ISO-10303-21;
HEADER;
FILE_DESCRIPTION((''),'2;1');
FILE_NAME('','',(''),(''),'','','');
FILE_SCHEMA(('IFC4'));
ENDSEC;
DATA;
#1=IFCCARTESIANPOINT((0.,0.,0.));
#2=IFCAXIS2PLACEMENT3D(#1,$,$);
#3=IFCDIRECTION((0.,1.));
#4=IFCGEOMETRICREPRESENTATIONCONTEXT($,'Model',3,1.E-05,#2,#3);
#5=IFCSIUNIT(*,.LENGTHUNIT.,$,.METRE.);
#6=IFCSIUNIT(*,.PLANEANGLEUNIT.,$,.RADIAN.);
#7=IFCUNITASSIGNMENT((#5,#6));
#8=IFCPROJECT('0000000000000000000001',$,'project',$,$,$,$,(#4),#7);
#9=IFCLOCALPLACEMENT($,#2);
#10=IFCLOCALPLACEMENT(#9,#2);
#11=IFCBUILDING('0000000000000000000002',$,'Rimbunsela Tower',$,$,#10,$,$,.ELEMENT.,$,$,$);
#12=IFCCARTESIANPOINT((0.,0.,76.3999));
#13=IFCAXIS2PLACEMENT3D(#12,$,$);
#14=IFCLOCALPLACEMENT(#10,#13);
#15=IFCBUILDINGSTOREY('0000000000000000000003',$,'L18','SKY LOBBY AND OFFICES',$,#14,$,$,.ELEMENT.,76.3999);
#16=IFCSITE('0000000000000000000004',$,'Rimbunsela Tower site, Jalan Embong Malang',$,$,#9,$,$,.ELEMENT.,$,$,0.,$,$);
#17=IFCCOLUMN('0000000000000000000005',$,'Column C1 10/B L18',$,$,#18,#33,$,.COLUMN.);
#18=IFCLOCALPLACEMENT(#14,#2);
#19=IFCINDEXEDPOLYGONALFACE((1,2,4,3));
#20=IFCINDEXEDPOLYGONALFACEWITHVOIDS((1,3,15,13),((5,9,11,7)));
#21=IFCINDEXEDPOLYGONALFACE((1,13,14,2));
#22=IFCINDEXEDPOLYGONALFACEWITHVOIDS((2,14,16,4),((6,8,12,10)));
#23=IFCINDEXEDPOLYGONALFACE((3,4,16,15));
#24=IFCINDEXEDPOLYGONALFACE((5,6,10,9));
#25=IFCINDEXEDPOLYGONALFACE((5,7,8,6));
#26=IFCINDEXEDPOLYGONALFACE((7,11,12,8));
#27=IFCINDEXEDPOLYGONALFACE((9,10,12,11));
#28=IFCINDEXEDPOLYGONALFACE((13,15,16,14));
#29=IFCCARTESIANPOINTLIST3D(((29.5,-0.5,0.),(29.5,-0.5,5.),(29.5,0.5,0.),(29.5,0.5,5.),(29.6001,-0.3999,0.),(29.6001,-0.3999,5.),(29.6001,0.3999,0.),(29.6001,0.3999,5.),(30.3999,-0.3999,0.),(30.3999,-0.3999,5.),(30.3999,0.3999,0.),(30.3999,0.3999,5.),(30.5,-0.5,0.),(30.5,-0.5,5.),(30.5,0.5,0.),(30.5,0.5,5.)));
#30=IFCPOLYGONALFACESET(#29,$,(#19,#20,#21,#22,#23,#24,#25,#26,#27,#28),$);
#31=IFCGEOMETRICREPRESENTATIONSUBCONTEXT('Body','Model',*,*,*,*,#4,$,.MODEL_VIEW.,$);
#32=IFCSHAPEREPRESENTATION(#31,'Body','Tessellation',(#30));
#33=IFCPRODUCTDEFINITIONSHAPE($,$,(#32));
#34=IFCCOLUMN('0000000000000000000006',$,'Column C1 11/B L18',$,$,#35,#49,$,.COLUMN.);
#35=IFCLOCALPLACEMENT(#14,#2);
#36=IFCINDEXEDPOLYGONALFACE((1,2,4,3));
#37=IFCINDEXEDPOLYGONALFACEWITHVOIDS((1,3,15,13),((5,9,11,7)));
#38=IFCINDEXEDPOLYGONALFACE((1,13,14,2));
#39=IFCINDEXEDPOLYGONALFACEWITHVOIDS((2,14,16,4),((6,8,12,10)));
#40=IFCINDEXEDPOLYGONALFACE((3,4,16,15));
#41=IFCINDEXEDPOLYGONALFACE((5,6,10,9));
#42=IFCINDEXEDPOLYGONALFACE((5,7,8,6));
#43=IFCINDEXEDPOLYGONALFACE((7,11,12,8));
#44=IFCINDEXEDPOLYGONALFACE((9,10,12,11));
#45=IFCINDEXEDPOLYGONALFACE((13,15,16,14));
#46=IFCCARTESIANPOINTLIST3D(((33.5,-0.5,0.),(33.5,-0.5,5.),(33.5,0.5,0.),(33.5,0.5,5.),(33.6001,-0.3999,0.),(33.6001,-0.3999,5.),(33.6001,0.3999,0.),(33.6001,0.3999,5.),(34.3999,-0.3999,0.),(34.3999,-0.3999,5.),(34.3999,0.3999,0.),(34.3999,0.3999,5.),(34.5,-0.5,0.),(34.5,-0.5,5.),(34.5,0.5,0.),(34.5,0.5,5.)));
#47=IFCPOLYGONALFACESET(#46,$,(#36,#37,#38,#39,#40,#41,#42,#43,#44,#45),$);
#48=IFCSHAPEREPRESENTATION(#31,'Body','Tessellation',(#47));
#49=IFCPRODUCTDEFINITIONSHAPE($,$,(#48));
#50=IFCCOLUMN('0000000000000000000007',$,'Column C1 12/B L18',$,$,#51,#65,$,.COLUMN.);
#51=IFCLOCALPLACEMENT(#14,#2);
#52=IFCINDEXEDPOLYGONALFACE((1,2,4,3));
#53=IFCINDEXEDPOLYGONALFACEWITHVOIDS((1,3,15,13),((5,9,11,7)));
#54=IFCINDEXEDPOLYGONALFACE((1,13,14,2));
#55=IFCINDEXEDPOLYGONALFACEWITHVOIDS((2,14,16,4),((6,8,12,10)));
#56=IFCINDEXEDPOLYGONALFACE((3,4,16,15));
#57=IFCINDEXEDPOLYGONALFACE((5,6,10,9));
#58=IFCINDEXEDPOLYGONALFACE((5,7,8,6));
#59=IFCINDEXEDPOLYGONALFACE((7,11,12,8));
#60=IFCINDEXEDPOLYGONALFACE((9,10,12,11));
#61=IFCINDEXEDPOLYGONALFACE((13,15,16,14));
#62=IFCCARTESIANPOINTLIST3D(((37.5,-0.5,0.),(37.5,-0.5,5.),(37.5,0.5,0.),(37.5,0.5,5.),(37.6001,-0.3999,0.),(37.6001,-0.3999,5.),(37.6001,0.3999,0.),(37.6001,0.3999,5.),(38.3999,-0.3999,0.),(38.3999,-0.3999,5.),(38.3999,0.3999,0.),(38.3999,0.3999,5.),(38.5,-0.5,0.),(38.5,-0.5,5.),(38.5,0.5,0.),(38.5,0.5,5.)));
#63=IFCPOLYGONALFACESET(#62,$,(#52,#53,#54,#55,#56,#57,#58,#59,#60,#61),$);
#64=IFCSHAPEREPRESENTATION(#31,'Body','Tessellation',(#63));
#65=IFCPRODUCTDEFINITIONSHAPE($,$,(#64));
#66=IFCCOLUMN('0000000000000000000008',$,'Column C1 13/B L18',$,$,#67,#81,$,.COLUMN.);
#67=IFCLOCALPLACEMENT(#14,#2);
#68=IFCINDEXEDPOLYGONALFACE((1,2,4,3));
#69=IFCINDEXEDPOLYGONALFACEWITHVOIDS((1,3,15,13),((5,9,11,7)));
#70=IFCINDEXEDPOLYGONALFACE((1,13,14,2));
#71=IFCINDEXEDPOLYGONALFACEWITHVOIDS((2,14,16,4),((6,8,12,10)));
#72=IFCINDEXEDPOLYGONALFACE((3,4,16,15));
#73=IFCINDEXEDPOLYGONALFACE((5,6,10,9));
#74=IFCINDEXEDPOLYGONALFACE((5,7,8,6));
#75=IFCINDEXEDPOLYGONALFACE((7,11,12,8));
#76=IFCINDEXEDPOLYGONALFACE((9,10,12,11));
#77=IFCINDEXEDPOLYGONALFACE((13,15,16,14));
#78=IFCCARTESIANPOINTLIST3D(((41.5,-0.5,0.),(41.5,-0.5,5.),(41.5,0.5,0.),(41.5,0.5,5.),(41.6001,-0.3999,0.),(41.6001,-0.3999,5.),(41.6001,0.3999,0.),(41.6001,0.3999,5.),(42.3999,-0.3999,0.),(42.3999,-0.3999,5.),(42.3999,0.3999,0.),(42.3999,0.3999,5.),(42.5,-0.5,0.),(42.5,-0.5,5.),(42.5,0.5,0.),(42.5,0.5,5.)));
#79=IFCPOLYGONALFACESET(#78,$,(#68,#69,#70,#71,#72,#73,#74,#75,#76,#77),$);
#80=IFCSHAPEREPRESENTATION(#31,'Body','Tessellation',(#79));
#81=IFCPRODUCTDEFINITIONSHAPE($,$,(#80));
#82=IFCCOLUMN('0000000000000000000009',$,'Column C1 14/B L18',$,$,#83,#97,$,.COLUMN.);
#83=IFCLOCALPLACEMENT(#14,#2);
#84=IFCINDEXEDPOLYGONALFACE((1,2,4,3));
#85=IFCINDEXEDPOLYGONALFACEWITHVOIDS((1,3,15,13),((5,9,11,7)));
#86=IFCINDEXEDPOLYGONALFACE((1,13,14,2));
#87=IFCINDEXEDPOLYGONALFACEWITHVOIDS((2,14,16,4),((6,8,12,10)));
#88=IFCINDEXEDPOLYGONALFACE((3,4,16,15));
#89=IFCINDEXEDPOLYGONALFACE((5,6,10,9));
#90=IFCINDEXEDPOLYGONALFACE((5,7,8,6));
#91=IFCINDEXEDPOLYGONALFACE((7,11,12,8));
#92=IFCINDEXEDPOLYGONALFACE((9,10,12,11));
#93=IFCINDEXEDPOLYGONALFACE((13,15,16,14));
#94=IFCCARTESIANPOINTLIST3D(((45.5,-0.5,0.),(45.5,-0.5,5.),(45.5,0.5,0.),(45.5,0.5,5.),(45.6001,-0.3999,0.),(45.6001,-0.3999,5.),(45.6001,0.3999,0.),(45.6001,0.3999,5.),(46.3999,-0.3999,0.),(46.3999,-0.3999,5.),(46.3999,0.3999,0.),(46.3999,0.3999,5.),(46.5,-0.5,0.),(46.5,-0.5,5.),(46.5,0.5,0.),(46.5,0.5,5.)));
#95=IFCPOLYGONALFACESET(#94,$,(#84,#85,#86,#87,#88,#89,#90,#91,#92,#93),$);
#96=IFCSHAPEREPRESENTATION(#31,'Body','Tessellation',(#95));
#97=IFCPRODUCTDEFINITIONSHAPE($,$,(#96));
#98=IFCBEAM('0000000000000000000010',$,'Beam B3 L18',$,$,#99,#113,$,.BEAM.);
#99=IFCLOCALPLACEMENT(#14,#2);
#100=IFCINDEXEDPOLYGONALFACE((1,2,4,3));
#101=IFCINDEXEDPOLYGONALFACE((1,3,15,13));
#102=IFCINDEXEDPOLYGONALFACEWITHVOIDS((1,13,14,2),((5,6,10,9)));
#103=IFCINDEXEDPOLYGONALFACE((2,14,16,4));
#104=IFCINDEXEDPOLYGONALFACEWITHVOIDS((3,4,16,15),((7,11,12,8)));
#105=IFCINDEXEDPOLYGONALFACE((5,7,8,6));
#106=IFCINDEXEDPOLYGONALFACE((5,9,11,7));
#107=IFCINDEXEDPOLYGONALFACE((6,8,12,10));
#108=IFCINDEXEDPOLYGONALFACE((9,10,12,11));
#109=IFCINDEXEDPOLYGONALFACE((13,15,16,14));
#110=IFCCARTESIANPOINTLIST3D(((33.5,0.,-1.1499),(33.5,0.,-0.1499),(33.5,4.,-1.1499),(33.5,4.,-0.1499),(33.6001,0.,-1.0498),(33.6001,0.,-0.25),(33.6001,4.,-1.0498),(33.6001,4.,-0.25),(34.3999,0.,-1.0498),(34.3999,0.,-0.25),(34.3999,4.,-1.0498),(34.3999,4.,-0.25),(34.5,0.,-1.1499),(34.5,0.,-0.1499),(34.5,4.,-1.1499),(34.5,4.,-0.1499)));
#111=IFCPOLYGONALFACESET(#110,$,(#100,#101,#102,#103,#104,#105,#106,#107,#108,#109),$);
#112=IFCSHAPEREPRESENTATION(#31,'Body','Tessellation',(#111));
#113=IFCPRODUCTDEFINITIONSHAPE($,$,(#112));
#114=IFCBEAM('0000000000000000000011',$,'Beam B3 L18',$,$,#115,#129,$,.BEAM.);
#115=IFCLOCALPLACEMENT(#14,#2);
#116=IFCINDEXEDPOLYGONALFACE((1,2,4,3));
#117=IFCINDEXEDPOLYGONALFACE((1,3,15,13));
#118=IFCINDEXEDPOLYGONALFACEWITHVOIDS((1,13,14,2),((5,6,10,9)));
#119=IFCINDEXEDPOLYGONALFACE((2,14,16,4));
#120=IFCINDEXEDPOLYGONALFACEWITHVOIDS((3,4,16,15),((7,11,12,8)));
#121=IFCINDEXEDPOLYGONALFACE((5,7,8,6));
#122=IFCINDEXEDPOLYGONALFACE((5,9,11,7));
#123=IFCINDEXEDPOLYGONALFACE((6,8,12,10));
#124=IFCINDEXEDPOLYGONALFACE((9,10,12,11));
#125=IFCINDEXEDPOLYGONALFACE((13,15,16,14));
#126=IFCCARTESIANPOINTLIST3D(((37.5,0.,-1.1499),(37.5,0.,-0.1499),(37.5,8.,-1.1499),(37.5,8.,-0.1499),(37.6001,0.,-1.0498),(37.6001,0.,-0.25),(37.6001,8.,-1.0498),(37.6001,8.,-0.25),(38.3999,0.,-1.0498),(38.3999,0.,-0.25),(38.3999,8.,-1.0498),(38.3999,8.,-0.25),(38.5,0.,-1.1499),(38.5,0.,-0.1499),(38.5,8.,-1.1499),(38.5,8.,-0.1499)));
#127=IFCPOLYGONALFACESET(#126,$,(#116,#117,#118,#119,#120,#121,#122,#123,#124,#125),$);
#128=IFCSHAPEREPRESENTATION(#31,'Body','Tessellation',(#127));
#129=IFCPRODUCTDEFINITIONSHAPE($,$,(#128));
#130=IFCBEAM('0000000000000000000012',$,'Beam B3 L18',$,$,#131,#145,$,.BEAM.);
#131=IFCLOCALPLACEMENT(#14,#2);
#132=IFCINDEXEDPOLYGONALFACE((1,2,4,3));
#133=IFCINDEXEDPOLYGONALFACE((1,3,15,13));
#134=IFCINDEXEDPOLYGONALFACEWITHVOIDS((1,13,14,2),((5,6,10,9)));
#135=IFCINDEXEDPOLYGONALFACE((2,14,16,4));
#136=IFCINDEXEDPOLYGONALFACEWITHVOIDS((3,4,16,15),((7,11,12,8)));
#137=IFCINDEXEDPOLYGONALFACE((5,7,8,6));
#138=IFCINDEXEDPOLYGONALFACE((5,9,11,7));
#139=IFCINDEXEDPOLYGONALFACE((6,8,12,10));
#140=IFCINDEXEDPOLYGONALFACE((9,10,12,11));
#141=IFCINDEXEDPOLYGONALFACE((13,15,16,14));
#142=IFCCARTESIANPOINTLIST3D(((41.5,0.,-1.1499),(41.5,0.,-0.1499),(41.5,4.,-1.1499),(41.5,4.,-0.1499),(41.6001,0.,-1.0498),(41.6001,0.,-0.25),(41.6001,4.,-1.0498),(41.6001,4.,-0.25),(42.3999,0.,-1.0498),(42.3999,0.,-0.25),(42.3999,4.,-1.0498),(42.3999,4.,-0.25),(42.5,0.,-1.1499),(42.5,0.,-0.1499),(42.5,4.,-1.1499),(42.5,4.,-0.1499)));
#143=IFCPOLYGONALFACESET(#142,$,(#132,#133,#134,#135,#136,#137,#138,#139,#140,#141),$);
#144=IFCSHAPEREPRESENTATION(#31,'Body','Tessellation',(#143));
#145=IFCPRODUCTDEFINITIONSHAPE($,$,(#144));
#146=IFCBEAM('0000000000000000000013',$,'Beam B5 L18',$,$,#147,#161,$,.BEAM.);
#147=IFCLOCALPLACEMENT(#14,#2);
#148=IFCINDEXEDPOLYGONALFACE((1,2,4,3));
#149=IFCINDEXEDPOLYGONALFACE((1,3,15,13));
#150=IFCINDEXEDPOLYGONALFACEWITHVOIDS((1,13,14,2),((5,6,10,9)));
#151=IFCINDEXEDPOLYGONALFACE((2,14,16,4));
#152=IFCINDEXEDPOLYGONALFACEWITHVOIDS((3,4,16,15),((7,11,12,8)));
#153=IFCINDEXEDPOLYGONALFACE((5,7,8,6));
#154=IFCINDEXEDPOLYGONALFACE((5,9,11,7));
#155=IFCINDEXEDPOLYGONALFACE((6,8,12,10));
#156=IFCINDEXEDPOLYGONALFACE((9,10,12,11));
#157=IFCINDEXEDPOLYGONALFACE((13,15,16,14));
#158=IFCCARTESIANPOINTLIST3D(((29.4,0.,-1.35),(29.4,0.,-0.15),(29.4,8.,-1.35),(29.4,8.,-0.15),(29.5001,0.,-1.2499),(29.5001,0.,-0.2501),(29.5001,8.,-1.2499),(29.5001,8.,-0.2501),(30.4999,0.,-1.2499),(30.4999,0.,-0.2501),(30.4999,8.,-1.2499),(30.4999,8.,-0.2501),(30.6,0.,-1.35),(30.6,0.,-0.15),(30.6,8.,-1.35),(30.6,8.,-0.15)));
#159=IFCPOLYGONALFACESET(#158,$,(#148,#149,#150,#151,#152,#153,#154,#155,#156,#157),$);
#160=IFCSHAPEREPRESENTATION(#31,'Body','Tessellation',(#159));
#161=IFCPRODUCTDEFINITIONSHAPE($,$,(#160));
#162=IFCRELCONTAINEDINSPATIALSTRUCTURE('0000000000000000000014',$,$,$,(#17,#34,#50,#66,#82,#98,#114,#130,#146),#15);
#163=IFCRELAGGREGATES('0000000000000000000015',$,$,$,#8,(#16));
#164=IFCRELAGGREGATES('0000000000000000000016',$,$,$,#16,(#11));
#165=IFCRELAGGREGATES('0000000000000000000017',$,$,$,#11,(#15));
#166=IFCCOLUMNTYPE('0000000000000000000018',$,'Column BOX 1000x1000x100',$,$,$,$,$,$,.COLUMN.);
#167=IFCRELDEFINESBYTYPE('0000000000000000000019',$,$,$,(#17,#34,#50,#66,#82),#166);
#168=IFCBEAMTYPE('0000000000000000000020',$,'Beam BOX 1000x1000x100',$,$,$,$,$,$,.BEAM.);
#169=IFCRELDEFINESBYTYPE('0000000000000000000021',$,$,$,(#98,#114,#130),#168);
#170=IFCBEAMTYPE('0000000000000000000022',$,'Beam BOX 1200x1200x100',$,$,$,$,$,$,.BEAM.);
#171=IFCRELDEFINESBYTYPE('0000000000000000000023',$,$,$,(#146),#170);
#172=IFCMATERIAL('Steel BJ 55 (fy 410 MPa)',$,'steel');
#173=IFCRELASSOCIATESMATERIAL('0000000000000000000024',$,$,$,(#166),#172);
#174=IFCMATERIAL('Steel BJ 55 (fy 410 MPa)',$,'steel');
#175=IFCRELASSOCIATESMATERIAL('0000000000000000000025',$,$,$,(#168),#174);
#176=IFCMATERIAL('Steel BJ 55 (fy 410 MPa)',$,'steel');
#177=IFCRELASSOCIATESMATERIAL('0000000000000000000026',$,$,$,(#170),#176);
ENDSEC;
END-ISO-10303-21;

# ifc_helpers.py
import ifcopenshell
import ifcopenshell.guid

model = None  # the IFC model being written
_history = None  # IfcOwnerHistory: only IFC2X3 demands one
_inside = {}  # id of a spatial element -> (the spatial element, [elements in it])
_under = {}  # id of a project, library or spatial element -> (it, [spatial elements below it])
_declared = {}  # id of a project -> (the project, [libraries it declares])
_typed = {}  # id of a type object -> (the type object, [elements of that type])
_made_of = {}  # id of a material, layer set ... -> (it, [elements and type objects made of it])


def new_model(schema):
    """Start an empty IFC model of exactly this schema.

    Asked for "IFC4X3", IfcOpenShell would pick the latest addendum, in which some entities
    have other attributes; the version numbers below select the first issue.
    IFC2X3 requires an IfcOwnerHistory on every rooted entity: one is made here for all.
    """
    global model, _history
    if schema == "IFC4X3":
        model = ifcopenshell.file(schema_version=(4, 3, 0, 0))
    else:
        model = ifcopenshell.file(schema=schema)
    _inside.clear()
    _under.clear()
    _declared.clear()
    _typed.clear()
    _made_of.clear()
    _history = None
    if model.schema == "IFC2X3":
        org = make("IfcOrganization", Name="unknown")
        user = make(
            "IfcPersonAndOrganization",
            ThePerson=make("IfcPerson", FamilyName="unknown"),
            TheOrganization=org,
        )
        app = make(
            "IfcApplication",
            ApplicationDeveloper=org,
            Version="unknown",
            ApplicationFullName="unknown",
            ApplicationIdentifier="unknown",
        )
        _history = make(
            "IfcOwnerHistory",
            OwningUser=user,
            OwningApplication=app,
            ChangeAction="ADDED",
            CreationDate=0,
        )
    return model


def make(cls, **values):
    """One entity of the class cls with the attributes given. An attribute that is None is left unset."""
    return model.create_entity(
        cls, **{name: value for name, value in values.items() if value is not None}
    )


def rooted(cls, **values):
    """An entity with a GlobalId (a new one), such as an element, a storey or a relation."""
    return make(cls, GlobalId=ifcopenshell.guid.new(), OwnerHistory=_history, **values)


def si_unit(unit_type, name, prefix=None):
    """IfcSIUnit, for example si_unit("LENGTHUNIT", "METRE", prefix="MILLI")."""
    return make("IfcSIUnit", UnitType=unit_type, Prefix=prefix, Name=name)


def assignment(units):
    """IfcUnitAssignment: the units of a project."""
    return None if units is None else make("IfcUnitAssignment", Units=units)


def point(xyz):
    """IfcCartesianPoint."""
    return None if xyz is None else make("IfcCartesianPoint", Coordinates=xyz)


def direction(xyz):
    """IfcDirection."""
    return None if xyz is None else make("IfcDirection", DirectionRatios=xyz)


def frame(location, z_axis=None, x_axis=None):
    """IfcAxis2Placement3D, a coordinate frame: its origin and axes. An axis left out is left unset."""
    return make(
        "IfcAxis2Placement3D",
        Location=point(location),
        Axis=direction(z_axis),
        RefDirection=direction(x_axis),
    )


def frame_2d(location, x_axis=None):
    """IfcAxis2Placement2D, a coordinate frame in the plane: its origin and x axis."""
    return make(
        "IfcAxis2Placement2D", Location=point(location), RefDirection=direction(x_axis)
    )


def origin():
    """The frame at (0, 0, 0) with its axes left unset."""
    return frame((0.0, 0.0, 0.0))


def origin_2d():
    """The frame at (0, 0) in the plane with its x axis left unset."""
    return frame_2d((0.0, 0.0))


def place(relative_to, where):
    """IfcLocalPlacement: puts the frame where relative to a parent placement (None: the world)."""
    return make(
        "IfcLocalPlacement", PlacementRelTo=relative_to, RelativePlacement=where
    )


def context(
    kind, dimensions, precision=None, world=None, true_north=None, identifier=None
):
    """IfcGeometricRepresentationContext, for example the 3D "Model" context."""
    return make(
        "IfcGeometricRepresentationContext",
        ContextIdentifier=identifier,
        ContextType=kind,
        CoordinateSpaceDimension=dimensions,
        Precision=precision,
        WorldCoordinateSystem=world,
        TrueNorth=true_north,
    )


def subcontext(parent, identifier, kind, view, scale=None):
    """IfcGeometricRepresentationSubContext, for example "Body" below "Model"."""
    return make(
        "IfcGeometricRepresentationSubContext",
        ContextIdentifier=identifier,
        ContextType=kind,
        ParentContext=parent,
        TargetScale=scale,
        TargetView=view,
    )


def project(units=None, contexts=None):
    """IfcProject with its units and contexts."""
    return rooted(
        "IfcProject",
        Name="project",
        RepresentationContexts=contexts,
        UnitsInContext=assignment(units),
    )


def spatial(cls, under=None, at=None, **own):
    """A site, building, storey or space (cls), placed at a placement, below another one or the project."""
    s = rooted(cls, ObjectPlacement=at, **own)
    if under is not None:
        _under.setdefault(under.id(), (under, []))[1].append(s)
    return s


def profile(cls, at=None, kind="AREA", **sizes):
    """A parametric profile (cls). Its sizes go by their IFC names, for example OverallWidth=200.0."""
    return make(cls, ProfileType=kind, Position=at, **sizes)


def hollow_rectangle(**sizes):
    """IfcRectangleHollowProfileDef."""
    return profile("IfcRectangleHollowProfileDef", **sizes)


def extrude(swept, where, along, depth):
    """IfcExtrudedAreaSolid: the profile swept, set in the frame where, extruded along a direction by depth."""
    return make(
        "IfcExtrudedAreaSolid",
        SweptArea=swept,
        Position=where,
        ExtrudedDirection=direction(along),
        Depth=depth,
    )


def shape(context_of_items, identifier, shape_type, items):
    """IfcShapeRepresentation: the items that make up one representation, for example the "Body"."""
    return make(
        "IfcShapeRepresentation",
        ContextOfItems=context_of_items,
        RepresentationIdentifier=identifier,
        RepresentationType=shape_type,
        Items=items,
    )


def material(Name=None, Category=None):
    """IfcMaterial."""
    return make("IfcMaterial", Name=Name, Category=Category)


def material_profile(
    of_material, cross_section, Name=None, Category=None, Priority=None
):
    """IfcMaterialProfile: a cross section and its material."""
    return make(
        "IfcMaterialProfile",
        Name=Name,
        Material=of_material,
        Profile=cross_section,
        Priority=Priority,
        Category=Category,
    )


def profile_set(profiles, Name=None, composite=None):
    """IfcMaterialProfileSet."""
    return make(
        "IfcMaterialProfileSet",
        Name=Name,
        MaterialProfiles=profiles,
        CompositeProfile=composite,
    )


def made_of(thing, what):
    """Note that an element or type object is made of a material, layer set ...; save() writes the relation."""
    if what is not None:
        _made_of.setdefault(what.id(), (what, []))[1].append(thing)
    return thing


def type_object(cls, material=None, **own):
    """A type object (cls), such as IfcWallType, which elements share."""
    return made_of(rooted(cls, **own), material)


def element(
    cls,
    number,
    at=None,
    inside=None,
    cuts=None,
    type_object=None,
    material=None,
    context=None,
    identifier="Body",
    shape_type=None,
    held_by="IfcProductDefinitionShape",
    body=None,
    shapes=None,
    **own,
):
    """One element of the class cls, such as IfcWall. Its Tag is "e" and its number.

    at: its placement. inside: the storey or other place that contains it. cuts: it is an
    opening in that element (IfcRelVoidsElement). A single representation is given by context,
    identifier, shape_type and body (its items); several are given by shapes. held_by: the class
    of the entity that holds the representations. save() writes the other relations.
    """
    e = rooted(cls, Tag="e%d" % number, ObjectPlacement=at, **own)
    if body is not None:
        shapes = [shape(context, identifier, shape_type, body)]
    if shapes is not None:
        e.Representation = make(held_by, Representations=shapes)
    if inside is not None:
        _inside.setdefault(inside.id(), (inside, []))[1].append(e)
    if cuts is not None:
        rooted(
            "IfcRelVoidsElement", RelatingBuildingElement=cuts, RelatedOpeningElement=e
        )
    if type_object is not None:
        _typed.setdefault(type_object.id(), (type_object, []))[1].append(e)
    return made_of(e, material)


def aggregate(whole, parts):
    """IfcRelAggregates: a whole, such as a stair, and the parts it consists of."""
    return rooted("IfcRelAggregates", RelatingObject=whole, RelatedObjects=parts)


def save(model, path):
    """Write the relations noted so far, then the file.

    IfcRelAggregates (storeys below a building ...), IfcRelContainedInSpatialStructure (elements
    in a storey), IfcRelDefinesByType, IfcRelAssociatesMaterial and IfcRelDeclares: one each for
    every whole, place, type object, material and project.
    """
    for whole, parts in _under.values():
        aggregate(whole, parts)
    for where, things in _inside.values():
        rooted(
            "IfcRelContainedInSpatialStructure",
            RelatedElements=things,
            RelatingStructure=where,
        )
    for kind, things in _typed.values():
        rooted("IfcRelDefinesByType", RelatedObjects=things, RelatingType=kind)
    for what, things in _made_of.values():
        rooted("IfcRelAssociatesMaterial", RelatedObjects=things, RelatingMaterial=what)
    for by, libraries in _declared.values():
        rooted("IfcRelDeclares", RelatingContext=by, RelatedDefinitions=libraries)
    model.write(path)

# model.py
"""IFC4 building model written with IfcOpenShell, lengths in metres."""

from ifc_helpers import new_model, si_unit, direction, frame, origin, origin_2d, place, context, subcontext, project, spatial, hollow_rectangle, extrude, material, material_profile, profile_set, type_object, element, save


model = new_model("IFC4")

# Units and contexts
model_context = context("Model", 3, precision=1e-05, world=origin(), true_north=direction((0.0, 1.0)))
body_context = subcontext(model_context, "Body", "Model", "MODEL_VIEW")
ifc_project = project(units=[si_unit("LENGTHUNIT", "METRE"), si_unit("PLANEANGLEUNIT", "RADIAN")], contexts=[model_context])

# Site, building, storey
site_placement = place(None, origin())
site = spatial("IfcSite", under=ifc_project, at=site_placement, Name="Rimbunsela Tower site, Jalan Embong Malang", CompositionType="ELEMENT", RefElevation=0.0)
building_placement = place(site_placement, origin())
building = spatial("IfcBuilding", under=site, at=building_placement, Name="Rimbunsela Tower", CompositionType="ELEMENT")
storey_placement = place(building_placement, frame((0.0, 0.0, 76.3999)))
storey = spatial("IfcBuildingStorey", under=building, at=storey_placement, Name="L18", Description="SKY LOBBY AND OFFICES", CompositionType="ELEMENT", Elevation=76.3999)

# Columns
ifc_material_1 = material(Name="Steel BJ 55 (fy 410 MPa)", Category="steel")
ifc_material_profile_1 = material_profile(ifc_material_1, hollow_rectangle(XDim=1.0, YDim=1.0, WallThickness=0.1001, at=origin_2d()), Name="BOX 1000x1000x100")
ifc_profile_set_1 = profile_set([ifc_material_profile_1], Name="Steel BJ 55 (fy 410 MPa)")
column_type = type_object("IfcColumnType", Name="Column BOX 1000x1000x100", PredefinedType="COLUMN", material=ifc_profile_set_1)
for number, where, z_axis, x_axis, name in (
    (1, (30.0, 0.0, 0.0), (0.0, 0.0, 1.0), (1.0, 0.0, 0.0), "Column C1 10/B L18"),
    (2, (34.0, 0.0, 0.0), (0.0, 0.0, 1.0), (1.0, 0.0, 0.0), "Column C1 11/B L18"),
    (3, (38.0, 0.0, 0.0), (0.0, 0.0, 1.0), (1.0, 0.0, 0.0), "Column C1 12/B L18"),
    (4, (42.0, 0.0, 0.0), (0.0, 0.0, 1.0), (1.0, 0.0, 0.0), "Column C1 13/B L18"),
    (5, (46.0, 0.0, 0.0), (0.0, 0.0, 1.0), (1.0, 0.0, 0.0), "Column C1 14/B L18"),
):
    element("IfcColumn", number, at=place(storey_placement, frame(where, z_axis=z_axis, x_axis=x_axis)), inside=storey, type_object=column_type, Name=name, PredefinedType="COLUMN", context=body_context, shape_type="SweptSolid", body=[
        extrude(hollow_rectangle(XDim=1.0, YDim=1.0, WallThickness=0.1001, at=origin_2d()), origin(), (0.0, 0.0, 1.0), 5.0),
    ])

# Beams
ifc_material_2 = material(Name="Steel BJ 55 (fy 410 MPa)", Category="steel")
ifc_material_profile_2 = material_profile(ifc_material_2, hollow_rectangle(XDim=1.0, YDim=1.0, WallThickness=0.1001, at=origin_2d()), Name="BOX 1000x1000x100")
ifc_profile_set_2 = profile_set([ifc_material_profile_2], Name="Steel BJ 55 (fy 410 MPa)")
beam_type_1 = type_object("IfcBeamType", Name="Beam BOX 1000x1000x100", PredefinedType="BEAM", material=ifc_profile_set_2)
beam_1_placement = place(storey_placement, frame((34.0, 0.0, -0.6499), z_axis=(0.0, 1.0, 0.0), x_axis=(-1.0, 0.0, 0.0)))
element("IfcBeam", 6, at=beam_1_placement, inside=storey, type_object=beam_type_1, Name="Beam B3 L18", PredefinedType="BEAM", context=body_context, shape_type="SweptSolid", body=[
    extrude(hollow_rectangle(XDim=1.0, YDim=1.0, WallThickness=0.1001, at=origin_2d()), origin(), (0.0, 0.0, 1.0), 4.0),
])
beam_2_placement = place(storey_placement, frame((38.0, 0.0, -0.6499), z_axis=(0.0, 1.0, 0.0), x_axis=(-1.0, 0.0, 0.0)))
element("IfcBeam", 7, at=beam_2_placement, inside=storey, type_object=beam_type_1, Name="Beam B3 L18", PredefinedType="BEAM", context=body_context, shape_type="SweptSolid", body=[
    extrude(hollow_rectangle(XDim=1.0, YDim=1.0, WallThickness=0.1001, at=origin_2d()), origin(), (0.0, 0.0, 1.0), 8.0),
])
beam_3_placement = place(storey_placement, frame((42.0, 0.0, -0.6499), z_axis=(0.0, 1.0, 0.0), x_axis=(-1.0, 0.0, 0.0)))
element("IfcBeam", 8, at=beam_3_placement, inside=storey, type_object=beam_type_1, Name="Beam B3 L18", PredefinedType="BEAM", context=body_context, shape_type="SweptSolid", body=[
    extrude(hollow_rectangle(XDim=1.0, YDim=1.0, WallThickness=0.1001, at=origin_2d()), origin(), (0.0, 0.0, 1.0), 4.0),
])
ifc_material_3 = material(Name="Steel BJ 55 (fy 410 MPa)", Category="steel")
ifc_material_profile_3 = material_profile(ifc_material_3, hollow_rectangle(XDim=1.2, YDim=1.2, WallThickness=0.1001, at=origin_2d()), Name="BOX 1200x1200x100")
ifc_profile_set_3 = profile_set([ifc_material_profile_3], Name="Steel BJ 55 (fy 410 MPa)")
beam_type_2 = type_object("IfcBeamType", Name="Beam BOX 1200x1200x100", PredefinedType="BEAM", material=ifc_profile_set_3)
beam_4_placement = place(storey_placement, frame((30.0, 0.0, -0.75), z_axis=(0.0, 1.0, 0.0), x_axis=(-1.0, 0.0, 0.0)))
element("IfcBeam", 9, at=beam_4_placement, inside=storey, type_object=beam_type_2, Name="Beam B5 L18", PredefinedType="BEAM", context=body_context, shape_type="SweptSolid", body=[
    extrude(hollow_rectangle(XDim=1.2, YDim=1.2, WallThickness=0.1001, at=origin_2d()), origin(), (0.0, 0.0, 1.0), 8.0),
])

save(model, "model.ifc")
